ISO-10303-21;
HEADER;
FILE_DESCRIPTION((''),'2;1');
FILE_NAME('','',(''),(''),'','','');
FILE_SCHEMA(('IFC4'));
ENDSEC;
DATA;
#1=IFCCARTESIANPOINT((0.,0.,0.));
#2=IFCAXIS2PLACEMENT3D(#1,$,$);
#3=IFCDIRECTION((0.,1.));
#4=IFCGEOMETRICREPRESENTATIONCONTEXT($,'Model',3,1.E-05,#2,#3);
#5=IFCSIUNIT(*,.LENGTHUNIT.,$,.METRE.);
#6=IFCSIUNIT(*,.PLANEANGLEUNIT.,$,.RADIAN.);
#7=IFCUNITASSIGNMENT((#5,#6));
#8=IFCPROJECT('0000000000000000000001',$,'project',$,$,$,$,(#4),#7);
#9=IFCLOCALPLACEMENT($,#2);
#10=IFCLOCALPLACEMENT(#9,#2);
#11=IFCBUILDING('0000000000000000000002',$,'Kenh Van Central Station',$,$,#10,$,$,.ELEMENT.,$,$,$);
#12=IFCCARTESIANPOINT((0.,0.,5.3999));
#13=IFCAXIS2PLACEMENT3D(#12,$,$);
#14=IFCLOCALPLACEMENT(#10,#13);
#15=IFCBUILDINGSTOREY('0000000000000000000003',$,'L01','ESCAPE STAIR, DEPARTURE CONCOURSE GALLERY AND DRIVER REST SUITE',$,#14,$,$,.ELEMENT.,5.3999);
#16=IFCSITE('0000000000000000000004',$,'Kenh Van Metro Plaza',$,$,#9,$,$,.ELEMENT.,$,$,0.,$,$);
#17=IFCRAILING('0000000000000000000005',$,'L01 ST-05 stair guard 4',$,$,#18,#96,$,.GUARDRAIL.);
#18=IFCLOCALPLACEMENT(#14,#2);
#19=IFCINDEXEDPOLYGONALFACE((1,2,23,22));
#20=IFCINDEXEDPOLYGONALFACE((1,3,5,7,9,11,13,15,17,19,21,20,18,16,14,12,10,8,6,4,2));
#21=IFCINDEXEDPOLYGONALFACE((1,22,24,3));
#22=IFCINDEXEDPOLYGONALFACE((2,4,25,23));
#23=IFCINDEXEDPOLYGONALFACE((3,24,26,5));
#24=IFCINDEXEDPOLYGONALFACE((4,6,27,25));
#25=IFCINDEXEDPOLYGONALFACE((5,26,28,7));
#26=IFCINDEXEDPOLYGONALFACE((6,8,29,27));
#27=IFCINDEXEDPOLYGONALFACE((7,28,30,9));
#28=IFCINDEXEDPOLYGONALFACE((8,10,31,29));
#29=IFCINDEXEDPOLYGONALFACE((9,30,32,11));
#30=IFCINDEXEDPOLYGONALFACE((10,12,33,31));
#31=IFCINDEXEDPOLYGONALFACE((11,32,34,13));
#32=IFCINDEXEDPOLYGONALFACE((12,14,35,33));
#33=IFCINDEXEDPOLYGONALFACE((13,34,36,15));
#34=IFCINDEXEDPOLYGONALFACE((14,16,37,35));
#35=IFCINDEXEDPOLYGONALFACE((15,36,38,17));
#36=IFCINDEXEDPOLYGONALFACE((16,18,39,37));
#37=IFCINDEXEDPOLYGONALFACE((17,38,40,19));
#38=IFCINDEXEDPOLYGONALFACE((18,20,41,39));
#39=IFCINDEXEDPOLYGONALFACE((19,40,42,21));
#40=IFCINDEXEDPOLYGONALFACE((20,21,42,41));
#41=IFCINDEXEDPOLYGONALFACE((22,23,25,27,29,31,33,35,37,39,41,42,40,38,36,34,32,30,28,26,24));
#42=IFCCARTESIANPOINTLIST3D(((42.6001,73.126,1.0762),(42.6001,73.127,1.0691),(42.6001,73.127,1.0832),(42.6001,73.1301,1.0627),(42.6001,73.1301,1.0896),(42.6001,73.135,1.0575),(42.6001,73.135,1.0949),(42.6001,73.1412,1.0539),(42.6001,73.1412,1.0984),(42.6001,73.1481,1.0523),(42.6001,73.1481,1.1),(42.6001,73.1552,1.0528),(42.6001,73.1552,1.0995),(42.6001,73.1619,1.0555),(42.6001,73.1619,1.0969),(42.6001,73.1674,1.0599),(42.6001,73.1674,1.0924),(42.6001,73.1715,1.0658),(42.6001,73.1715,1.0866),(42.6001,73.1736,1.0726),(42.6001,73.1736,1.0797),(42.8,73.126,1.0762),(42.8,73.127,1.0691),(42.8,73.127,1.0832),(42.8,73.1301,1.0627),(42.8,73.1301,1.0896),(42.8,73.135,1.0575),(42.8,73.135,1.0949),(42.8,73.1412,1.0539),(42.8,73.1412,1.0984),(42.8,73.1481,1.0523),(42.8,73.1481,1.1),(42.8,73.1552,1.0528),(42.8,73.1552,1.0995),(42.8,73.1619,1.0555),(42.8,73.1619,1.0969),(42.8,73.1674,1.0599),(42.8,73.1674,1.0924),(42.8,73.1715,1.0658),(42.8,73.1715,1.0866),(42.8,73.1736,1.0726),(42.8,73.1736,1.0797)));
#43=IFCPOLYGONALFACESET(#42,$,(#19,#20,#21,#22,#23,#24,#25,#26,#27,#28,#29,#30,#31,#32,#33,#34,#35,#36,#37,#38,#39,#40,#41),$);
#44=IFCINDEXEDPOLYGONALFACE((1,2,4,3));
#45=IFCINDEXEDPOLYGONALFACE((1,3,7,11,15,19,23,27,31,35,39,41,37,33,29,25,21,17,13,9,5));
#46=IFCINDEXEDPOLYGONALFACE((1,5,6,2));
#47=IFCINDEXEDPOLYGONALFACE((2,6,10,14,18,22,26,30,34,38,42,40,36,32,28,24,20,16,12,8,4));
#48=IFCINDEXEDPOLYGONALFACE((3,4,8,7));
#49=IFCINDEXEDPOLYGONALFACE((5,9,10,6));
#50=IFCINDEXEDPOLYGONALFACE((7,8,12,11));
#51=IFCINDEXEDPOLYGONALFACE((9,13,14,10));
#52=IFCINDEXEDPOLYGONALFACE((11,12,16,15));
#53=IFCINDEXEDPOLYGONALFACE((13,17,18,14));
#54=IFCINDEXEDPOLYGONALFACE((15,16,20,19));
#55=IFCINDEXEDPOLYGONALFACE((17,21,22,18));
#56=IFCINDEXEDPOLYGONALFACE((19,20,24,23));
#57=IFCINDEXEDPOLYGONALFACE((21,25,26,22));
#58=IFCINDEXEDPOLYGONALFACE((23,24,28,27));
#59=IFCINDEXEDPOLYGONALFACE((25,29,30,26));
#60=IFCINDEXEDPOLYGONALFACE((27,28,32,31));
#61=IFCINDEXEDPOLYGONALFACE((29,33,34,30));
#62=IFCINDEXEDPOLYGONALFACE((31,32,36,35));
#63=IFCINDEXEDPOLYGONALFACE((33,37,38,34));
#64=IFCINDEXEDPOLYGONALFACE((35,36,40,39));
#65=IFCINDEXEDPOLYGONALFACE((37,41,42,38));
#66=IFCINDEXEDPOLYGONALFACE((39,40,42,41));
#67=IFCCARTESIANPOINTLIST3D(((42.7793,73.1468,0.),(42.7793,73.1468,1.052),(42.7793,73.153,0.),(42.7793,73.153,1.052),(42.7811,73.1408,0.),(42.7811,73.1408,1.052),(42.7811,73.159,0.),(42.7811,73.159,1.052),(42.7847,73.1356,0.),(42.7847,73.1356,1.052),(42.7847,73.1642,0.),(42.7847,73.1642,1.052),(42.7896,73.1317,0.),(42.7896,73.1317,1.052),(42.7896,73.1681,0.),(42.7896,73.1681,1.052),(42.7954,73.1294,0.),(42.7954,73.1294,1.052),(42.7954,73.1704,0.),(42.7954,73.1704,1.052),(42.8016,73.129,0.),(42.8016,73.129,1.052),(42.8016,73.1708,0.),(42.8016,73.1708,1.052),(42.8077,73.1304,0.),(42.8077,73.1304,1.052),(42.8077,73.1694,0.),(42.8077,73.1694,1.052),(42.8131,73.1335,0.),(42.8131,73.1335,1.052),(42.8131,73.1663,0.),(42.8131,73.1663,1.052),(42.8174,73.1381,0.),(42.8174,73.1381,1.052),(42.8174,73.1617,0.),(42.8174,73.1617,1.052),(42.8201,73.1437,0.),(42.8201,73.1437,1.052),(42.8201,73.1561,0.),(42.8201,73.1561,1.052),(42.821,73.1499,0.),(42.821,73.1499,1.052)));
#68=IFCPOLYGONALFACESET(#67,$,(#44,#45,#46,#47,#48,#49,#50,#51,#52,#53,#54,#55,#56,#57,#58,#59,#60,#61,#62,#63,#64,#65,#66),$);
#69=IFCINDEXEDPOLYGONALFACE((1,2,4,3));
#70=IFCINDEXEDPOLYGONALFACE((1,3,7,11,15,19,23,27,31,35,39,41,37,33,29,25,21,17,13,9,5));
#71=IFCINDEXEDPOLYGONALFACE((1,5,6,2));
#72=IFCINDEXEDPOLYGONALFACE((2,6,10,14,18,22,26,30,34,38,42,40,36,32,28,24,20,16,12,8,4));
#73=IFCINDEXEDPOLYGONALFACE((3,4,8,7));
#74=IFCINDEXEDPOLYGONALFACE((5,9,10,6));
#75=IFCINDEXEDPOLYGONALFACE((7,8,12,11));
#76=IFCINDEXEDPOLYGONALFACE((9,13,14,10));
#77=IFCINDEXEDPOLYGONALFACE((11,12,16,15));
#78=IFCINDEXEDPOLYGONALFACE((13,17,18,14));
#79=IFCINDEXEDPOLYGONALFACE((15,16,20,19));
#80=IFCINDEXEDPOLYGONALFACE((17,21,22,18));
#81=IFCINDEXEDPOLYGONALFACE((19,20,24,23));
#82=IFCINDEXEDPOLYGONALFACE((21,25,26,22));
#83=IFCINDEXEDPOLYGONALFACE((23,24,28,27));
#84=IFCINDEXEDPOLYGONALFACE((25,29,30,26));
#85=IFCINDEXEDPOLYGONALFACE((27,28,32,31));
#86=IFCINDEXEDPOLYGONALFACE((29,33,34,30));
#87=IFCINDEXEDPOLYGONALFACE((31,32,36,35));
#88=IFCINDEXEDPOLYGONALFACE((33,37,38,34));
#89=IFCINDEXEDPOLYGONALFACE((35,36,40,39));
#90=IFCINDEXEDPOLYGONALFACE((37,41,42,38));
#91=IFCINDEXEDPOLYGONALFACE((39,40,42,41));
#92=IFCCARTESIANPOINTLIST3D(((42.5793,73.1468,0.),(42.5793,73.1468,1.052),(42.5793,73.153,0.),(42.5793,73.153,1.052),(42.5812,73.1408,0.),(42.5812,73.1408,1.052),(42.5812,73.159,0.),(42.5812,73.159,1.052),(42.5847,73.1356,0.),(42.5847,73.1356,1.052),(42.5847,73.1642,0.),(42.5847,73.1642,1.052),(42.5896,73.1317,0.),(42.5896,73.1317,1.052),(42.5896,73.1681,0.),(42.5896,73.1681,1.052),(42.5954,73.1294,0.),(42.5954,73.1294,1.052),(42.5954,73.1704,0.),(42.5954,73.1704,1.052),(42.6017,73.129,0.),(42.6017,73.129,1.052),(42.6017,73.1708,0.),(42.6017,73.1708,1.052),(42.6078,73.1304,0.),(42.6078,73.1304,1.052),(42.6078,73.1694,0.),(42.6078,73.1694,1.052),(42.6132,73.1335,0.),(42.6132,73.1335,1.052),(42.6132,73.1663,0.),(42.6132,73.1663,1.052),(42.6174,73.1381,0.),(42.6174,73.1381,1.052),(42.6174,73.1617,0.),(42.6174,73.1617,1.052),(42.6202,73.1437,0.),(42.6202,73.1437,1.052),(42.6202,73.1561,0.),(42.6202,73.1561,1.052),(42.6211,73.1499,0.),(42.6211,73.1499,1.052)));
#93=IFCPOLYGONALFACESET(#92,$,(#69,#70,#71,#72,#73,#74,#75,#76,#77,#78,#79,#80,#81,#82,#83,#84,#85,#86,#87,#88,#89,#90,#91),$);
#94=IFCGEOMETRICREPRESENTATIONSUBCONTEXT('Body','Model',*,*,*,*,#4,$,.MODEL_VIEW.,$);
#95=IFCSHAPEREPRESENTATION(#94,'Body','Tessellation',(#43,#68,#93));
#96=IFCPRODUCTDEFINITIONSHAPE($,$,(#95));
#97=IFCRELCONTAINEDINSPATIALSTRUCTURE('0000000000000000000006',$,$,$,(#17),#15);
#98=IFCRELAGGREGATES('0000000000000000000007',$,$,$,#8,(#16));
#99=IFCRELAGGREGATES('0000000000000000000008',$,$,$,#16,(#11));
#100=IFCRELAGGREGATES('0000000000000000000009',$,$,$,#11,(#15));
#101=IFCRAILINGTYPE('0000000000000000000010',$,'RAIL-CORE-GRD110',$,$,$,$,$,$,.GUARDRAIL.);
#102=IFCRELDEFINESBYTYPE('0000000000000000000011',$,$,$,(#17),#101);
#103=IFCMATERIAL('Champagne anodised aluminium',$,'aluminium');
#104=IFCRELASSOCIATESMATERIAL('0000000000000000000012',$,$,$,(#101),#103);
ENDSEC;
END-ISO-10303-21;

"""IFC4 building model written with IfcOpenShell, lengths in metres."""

from ifc_helpers import new_model, si_unit, direction, frame, origin, origin_2d, place, context, subcontext, project, spatial, circle, extrude, material, type_object, element, save


model = new_model("IFC4")

# Units and contexts
model_context = context("Model", 3, precision=1e-05, world=origin(), true_north=direction((0.0, 1.0)))
body_context = subcontext(model_context, "Body", "Model", "MODEL_VIEW")
ifc_project = project(units=[si_unit("LENGTHUNIT", "METRE"), si_unit("PLANEANGLEUNIT", "RADIAN")], contexts=[model_context])

# Site, building, storey
site_placement = place(None, origin())
site = spatial("IfcSite", under=ifc_project, at=site_placement, Name="Kenh Van Metro Plaza", CompositionType="ELEMENT", RefElevation=0.0)
building_placement = place(site_placement, origin())
building = spatial("IfcBuilding", under=site, at=building_placement, Name="Kenh Van Central Station", CompositionType="ELEMENT")
storey_placement = place(building_placement, frame((0.0, 0.0, 5.3999)))
storey = spatial("IfcBuildingStorey", under=building, at=storey_placement, Name="L01", Description="ESCAPE STAIR, DEPARTURE CONCOURSE GALLERY AND DRIVER REST SUITE", CompositionType="ELEMENT", Elevation=5.3999)

# Shared definitions
ifc_material_1 = material(Name="Champagne anodised aluminium", Category="aluminium")

# Railing
railing_type_1 = type_object("IfcRailingType", Name="RAIL-CORE-GRD110", PredefinedType="GUARDRAIL", material=ifc_material_1)
railing_1_placement = place(storey_placement, frame((42.8, 73.1499, 0.0)))
element("IfcRailing", 1, at=railing_1_placement, inside=storey, type_object=railing_type_1, Name="L01 ST-05 stair guard 4", PredefinedType="GUARDRAIL", context=body_context, shape_type="SweptSolid", body=[
    extrude(circle(Radius=0.0239, at=origin_2d()), frame((0.0, 0.0, 1.0762), z_axis=(-1.0, 0.0, 0.0), x_axis=(0.0, -1.0, 0.0)), (0.0, 0.0, 1.0), 0.2),
    extrude(circle(Radius=0.021, at=origin_2d()), origin(), (0.0, 0.0, 1.0), 1.052),
    extrude(circle(Radius=0.021, at=origin_2d()), frame((-0.2, 0.0, 0.0)), (0.0, 0.0, 1.0), 1.052),
])

save(model, "model.ifc")
